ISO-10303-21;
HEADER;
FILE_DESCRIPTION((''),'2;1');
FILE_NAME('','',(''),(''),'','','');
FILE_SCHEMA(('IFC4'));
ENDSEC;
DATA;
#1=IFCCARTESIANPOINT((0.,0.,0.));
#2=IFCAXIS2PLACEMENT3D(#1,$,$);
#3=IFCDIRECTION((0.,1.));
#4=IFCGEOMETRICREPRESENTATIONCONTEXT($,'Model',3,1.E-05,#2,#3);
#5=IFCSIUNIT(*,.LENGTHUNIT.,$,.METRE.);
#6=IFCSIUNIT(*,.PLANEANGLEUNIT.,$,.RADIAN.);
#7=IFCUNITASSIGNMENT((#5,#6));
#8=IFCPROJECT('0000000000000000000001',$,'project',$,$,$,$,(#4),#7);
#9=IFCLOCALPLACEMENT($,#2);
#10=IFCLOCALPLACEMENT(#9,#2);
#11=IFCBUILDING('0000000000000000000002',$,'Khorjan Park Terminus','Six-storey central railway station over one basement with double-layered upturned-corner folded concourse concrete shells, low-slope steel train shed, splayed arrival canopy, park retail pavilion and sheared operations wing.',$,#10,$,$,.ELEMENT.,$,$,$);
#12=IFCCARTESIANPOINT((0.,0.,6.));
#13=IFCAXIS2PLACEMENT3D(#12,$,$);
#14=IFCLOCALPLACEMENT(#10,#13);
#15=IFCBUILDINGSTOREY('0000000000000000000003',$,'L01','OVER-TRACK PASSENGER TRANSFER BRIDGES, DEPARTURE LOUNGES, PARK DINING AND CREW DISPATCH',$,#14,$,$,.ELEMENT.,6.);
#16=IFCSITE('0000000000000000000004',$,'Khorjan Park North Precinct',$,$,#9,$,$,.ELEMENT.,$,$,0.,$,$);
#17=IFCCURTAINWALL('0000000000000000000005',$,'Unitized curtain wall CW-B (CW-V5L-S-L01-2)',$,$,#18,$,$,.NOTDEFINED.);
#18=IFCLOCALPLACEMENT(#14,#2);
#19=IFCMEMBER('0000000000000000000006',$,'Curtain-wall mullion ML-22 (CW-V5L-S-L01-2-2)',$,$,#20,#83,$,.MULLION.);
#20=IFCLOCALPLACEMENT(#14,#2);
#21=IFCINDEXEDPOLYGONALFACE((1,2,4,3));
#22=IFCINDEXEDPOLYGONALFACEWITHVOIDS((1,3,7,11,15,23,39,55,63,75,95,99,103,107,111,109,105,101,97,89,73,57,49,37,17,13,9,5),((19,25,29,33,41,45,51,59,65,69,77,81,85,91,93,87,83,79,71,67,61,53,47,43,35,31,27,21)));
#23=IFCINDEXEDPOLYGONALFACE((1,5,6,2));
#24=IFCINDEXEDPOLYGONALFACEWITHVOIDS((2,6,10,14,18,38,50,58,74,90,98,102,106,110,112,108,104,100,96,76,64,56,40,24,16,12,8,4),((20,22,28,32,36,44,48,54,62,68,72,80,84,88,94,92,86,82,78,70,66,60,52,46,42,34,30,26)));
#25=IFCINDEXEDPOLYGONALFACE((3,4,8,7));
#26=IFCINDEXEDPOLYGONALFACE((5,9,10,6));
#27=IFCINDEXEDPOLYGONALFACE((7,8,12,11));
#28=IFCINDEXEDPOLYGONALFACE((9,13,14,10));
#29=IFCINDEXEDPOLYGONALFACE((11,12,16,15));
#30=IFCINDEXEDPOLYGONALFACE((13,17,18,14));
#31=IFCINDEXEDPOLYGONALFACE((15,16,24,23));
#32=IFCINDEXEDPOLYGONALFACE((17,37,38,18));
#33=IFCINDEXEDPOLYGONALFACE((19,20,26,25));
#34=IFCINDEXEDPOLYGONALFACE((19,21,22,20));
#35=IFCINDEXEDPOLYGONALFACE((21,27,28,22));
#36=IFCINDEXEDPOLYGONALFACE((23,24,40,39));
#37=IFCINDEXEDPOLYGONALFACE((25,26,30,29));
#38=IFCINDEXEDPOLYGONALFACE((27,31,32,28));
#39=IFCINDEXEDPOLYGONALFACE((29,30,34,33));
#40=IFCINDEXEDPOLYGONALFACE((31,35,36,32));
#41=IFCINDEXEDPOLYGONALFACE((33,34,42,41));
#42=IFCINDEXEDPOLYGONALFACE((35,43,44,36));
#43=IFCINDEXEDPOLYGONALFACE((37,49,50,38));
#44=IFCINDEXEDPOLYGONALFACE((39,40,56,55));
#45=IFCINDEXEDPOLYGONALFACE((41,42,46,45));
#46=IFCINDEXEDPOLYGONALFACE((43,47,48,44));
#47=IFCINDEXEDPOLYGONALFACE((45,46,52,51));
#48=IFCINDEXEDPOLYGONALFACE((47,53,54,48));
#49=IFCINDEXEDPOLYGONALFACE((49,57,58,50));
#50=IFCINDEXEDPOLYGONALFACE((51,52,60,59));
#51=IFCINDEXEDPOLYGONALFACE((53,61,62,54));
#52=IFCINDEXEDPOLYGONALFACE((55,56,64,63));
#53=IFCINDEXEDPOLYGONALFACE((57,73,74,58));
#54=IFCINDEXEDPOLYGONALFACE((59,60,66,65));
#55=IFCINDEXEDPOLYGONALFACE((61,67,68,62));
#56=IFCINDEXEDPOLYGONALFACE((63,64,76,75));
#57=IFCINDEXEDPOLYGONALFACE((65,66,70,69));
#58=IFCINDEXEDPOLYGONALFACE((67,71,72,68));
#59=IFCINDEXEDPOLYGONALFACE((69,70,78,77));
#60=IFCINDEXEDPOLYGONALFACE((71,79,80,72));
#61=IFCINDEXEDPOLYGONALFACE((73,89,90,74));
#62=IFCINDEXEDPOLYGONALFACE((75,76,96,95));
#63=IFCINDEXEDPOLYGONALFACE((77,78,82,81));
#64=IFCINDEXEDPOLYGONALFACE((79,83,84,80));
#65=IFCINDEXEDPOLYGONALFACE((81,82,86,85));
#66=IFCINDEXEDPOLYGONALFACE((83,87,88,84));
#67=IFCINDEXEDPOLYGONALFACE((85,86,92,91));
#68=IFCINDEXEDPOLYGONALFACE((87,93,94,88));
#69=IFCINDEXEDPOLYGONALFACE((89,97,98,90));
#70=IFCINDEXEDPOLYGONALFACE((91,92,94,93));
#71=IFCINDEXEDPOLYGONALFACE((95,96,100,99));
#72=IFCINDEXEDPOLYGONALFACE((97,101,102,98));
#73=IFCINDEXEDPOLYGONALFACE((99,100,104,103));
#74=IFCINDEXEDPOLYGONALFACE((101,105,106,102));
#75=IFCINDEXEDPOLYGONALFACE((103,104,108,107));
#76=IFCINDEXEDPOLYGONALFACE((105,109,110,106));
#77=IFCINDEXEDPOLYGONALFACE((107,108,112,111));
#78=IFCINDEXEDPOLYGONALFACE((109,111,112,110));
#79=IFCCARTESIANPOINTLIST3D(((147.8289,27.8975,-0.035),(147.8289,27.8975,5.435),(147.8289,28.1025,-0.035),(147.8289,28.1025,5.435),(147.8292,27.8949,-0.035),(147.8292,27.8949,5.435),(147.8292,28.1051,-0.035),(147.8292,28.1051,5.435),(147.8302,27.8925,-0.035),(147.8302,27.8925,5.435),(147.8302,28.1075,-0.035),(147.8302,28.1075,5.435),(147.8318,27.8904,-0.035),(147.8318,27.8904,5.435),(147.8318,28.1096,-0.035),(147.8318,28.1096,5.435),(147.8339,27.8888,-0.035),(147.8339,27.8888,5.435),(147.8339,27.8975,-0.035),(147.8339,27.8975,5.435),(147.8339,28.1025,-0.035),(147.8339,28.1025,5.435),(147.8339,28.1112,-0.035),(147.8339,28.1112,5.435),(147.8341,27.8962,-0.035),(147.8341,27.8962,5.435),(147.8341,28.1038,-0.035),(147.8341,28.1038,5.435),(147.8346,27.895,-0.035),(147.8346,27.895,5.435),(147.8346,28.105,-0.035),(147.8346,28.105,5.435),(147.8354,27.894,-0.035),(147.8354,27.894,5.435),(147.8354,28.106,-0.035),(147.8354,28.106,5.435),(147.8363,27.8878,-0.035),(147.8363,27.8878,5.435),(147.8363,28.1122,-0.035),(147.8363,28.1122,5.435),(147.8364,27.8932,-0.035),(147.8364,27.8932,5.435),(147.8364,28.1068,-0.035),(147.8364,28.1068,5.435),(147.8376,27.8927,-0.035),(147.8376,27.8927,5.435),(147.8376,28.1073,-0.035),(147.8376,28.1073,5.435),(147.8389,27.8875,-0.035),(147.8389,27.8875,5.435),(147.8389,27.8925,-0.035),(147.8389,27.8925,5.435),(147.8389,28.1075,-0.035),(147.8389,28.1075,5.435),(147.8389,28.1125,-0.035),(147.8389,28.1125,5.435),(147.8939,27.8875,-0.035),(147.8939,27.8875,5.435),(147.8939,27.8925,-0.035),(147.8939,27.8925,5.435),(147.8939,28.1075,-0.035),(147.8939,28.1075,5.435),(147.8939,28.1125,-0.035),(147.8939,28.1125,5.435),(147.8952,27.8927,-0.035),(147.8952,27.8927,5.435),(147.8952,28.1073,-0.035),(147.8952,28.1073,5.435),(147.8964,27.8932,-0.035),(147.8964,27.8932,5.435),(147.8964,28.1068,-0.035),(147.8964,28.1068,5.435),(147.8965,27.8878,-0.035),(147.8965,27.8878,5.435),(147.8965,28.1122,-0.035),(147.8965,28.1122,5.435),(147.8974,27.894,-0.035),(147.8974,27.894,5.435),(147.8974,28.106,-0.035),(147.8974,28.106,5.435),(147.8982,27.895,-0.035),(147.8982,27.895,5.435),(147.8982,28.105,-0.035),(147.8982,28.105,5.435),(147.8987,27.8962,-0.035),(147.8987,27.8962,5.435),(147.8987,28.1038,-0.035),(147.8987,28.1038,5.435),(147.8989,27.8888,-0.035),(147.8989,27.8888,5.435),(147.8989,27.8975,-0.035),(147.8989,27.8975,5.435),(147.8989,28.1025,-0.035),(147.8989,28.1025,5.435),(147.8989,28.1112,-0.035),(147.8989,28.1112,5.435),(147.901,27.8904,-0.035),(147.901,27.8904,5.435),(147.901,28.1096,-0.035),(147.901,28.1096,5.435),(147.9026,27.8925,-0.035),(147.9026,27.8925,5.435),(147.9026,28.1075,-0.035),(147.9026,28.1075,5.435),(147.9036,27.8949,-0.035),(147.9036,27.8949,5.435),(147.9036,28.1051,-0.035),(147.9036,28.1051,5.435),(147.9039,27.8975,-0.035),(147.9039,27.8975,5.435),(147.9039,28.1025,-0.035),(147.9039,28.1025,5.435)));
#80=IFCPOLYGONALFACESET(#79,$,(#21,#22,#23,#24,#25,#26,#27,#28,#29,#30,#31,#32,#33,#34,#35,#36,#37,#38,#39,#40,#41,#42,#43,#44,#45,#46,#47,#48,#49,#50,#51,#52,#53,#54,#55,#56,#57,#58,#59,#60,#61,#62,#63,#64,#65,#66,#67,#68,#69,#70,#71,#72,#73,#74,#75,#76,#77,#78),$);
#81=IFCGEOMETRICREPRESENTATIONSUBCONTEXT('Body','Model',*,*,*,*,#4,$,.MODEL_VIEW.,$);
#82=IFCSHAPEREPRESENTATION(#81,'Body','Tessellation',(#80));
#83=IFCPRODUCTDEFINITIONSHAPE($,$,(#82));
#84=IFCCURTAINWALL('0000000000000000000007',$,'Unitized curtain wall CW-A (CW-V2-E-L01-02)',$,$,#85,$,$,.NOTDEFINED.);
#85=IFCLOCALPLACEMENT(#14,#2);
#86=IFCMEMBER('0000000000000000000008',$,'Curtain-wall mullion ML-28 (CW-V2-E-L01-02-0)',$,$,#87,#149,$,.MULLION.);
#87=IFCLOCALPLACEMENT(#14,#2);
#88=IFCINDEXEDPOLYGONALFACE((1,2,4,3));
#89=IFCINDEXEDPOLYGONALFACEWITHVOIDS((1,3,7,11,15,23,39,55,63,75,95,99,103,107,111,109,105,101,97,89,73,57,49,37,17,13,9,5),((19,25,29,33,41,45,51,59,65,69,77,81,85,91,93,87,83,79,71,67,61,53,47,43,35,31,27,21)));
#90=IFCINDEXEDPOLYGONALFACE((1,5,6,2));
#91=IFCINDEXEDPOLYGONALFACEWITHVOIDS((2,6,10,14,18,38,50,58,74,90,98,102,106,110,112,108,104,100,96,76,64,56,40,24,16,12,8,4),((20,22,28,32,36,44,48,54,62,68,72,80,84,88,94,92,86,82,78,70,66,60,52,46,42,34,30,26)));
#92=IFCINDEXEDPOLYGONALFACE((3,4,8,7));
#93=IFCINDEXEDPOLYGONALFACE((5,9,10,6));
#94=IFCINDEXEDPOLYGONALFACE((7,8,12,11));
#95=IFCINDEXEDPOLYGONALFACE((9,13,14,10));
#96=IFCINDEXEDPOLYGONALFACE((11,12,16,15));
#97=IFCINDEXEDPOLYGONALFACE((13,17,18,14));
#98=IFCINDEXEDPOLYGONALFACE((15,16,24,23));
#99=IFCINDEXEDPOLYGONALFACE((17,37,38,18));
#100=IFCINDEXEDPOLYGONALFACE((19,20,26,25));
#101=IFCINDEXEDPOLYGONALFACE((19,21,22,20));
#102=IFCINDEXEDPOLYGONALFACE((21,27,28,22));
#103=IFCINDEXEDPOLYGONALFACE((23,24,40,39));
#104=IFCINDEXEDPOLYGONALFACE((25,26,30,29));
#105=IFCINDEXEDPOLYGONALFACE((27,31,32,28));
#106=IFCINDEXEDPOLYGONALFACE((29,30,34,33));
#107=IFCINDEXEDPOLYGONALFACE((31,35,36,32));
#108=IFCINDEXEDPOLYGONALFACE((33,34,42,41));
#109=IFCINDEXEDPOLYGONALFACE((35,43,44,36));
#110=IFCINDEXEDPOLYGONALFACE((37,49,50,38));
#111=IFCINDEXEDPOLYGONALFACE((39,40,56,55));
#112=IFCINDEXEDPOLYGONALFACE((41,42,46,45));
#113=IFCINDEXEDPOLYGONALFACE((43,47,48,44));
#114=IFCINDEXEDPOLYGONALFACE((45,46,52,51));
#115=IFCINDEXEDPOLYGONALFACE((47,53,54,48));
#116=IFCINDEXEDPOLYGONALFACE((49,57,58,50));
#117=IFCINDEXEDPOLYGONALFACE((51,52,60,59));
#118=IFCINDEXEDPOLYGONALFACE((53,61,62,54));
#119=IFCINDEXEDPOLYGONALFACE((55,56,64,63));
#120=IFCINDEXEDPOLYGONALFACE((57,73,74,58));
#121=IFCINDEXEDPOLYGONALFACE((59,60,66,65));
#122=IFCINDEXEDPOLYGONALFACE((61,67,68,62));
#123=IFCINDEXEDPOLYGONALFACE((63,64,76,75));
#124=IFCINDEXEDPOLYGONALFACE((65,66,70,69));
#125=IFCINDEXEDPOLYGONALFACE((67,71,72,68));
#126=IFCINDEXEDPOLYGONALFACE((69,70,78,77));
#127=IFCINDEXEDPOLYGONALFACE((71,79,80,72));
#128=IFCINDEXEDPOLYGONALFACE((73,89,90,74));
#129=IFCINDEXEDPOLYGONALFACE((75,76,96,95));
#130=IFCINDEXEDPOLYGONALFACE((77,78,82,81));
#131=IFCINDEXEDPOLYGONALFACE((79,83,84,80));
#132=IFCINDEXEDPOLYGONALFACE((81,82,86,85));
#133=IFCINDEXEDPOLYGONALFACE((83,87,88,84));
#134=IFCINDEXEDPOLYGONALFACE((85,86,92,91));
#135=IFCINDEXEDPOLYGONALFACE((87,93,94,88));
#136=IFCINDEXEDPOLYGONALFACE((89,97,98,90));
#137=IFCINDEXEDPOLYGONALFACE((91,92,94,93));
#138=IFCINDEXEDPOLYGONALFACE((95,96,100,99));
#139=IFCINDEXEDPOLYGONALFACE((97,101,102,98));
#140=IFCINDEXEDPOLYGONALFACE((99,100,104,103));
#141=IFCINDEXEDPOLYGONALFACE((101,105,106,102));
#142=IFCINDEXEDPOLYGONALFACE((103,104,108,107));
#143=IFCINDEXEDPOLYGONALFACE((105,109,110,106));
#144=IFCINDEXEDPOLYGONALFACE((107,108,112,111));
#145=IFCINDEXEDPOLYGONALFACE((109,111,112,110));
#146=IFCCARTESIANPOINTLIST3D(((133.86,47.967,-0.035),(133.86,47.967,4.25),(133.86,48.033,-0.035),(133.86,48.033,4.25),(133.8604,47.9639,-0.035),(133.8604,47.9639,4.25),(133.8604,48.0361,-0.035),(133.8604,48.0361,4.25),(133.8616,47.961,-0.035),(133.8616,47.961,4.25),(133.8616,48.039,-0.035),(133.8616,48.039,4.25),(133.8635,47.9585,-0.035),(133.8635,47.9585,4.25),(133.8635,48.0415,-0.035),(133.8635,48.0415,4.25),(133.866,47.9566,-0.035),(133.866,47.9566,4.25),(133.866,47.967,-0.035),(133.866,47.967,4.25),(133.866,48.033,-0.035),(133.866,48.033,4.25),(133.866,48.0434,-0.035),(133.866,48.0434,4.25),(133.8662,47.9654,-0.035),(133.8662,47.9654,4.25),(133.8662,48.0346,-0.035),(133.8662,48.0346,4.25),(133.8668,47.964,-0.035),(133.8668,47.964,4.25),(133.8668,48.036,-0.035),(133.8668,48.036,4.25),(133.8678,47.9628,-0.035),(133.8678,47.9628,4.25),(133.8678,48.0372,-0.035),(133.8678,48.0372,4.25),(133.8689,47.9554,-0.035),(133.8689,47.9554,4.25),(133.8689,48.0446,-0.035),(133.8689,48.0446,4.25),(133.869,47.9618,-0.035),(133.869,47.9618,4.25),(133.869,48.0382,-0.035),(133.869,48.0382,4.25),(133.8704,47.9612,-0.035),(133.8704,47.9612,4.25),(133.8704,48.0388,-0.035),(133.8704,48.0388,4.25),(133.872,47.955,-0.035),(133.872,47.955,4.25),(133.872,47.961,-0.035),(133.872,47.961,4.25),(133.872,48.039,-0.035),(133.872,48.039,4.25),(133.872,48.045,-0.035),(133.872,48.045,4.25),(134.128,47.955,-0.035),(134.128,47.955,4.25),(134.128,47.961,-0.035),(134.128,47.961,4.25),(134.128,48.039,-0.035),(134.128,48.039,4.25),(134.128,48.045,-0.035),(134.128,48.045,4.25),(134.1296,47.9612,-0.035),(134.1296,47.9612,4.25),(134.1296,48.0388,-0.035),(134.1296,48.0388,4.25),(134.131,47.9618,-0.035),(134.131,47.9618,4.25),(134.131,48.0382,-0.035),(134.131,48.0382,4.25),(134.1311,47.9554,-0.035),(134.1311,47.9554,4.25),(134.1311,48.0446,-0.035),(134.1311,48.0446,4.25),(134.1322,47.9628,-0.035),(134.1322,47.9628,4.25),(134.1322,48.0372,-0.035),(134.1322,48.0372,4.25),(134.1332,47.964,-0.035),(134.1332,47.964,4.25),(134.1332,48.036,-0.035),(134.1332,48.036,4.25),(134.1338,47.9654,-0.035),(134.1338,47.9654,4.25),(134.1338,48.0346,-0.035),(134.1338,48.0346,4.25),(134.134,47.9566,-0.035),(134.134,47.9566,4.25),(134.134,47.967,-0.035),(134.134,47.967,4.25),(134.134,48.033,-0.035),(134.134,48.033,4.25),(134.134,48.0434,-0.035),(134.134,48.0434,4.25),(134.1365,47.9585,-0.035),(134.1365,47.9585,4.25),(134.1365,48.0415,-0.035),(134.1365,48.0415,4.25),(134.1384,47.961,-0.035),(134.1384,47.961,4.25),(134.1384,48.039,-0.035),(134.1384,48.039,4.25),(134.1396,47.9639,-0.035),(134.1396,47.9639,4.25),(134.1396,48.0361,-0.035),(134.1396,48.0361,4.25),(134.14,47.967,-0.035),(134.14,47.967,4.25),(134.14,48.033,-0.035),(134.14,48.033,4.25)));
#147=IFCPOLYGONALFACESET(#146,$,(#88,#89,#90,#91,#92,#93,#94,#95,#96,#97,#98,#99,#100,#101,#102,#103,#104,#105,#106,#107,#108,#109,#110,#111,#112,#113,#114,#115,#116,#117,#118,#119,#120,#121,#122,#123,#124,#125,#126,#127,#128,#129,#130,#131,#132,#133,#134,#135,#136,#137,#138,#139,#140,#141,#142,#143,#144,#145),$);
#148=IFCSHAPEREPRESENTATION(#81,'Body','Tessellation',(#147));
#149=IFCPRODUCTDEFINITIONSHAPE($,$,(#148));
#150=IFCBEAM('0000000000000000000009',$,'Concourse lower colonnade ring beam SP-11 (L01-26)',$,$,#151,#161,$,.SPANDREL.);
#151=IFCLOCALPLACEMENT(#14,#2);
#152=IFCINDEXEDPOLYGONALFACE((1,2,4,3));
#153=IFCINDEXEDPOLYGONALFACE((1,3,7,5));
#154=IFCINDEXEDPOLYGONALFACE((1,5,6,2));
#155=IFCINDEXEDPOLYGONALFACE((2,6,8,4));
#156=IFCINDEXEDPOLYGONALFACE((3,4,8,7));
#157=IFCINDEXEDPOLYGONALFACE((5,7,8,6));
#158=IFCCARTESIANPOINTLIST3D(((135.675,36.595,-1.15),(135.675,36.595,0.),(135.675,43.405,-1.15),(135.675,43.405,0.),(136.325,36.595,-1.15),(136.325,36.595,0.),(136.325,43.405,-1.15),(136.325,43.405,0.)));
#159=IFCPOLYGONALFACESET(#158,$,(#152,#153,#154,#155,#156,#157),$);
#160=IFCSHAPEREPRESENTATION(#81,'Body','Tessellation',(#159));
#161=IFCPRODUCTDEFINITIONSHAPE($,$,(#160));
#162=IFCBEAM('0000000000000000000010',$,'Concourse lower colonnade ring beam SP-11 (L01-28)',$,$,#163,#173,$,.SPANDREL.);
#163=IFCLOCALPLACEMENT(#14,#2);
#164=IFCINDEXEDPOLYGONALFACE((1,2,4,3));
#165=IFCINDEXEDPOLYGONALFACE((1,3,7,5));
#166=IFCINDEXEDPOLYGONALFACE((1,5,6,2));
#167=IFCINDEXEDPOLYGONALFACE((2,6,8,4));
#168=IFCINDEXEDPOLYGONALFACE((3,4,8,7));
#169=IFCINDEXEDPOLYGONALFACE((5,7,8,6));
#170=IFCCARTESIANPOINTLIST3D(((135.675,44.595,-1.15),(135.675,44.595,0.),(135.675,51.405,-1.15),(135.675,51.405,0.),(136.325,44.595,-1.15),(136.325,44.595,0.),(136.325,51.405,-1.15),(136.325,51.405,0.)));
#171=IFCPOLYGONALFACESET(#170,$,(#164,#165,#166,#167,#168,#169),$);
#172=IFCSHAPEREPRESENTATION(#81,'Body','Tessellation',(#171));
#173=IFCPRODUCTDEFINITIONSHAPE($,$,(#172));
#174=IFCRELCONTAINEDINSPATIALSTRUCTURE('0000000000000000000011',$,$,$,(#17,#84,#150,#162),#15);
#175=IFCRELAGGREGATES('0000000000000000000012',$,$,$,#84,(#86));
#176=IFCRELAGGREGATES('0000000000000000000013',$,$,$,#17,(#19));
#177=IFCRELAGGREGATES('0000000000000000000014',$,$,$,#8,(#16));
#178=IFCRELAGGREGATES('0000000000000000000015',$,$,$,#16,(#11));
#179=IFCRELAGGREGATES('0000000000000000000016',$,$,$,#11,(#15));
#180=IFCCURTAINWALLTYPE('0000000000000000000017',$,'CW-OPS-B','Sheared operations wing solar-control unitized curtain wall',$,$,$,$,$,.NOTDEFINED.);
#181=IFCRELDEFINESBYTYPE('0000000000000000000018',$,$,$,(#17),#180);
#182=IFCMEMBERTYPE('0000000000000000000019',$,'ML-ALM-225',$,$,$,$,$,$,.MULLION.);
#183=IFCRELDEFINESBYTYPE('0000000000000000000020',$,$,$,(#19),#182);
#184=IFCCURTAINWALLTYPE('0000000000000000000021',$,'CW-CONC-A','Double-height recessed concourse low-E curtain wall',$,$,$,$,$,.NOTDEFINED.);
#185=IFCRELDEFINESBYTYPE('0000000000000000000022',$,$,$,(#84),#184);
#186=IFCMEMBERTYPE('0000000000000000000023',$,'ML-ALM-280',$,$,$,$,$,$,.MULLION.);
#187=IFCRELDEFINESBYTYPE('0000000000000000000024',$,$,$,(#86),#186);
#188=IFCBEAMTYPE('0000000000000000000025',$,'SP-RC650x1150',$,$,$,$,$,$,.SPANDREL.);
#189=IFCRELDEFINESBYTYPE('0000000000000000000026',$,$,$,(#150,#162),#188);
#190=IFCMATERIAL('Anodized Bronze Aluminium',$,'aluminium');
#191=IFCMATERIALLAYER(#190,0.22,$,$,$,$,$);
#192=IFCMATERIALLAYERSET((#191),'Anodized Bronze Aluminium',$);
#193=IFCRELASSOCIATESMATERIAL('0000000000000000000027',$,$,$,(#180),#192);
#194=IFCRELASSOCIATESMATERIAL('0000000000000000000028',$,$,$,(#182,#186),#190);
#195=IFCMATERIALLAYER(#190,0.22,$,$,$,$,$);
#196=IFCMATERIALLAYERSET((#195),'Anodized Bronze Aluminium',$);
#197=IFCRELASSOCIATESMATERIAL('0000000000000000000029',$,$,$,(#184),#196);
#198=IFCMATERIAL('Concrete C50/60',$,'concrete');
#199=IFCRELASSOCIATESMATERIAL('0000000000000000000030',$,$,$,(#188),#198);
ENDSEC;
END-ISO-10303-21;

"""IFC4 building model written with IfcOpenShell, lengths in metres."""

from ifc_helpers import new_model, si_unit, direction, frame, origin, origin_2d, place, context, subcontext, project, spatial, rectangle, hollow_rectangle, extrude, material, layer, layer_set, material_profile, profile_set, type_object, element, aggregate, save


model = new_model("IFC4")

# Units and contexts
model_context = context("Model", 3, precision=1e-05, world=origin(), true_north=direction((0.0, 1.0)))
body_context = subcontext(model_context, "Body", "Model", "MODEL_VIEW")
ifc_project = project(units=[si_unit("LENGTHUNIT", "METRE"), si_unit("PLANEANGLEUNIT", "RADIAN")], contexts=[model_context])

# Site, building, storey
site_placement = place(None, origin())
site = spatial("IfcSite", under=ifc_project, at=site_placement, Name="Khorjan Park North Precinct", CompositionType="ELEMENT", RefElevation=0.0)
building_placement = place(site_placement, origin())
building = spatial("IfcBuilding", under=site, at=building_placement, Name="Khorjan Park Terminus", Description="Six-storey central railway station over one basement with double-layered upturned-corner folded concourse concrete shells, low-slope steel train shed, splayed arrival canopy, park retail pavilion and sheared operations wing.", CompositionType="ELEMENT")
storey_placement = place(building_placement, frame((0.0, 0.0, 6.0)))
storey = spatial("IfcBuildingStorey", under=building, at=storey_placement, Name="L01", Description="OVER-TRACK PASSENGER TRANSFER BRIDGES, DEPARTURE LOUNGES, PARK DINING AND CREW DISPATCH", CompositionType="ELEMENT", Elevation=6.0)

# Shared definitions
ifc_material_1 = material(Name="Concrete C50/60", Category="concrete")

# Curtain walls, members
ifc_material_2 = material(Name="Anodized Bronze Aluminium", Category="aluminium")
ifc_layer_1 = layer(ifc_material_2, 0.22)
ifc_layer_set_1 = layer_set([ifc_layer_1], Name="Anodized Bronze Aluminium")
curtain_wall_type_1 = type_object("IfcCurtainWallType", Name="CW-OPS-B", Description="Sheared operations wing solar-control unitized curtain wall", PredefinedType="NOTDEFINED", material=ifc_layer_set_1)
ifc_material_profile_1 = material_profile(ifc_material_2, hollow_rectangle(XDim=0.075, YDim=0.225, WallThickness=0.005, InnerFilletRadius=0.005, OuterFilletRadius=0.01, at=origin_2d()), Name="ALM 75x225x5")
ifc_profile_set_1 = profile_set([ifc_material_profile_1], Name="Anodized Bronze Aluminium")
member_type_1 = type_object("IfcMemberType", Name="ML-ALM-225", PredefinedType="MULLION", material=ifc_profile_set_1)
curtain_wall_1_placement = place(storey_placement, origin())
curtain_wall_1 = element("IfcCurtainWall", 1, at=curtain_wall_1_placement, inside=storey, type_object=curtain_wall_type_1, Name="Unitized curtain wall CW-B (CW-V5L-S-L01-2)", PredefinedType="NOTDEFINED")
member_1_placement = place(storey_placement, frame((147.8664, 28.0, -0.035), z_axis=(0.0, 0.0, 1.0), x_axis=(1.0, 0.0, 0.0)))
member_1 = element("IfcMember", 2, at=member_1_placement, type_object=member_type_1, Name="Curtain-wall mullion ML-22 (CW-V5L-S-L01-2-2)", PredefinedType="MULLION", context=body_context, shape_type="SweptSolid", body=[
    extrude(hollow_rectangle(XDim=0.075, YDim=0.225, WallThickness=0.005, InnerFilletRadius=0.005, OuterFilletRadius=0.01, at=origin_2d()), origin(), (0.0, 0.0, 1.0), 5.47),
])
ifc_layer_2 = layer(ifc_material_2, 0.22)
ifc_layer_set_2 = layer_set([ifc_layer_2], Name="Anodized Bronze Aluminium")
curtain_wall_type_2 = type_object("IfcCurtainWallType", Name="CW-CONC-A", Description="Double-height recessed concourse low-E curtain wall", PredefinedType="NOTDEFINED", material=ifc_layer_set_2)
curtain_wall_2_placement = place(storey_placement, origin())
curtain_wall_2 = element("IfcCurtainWall", 3, at=curtain_wall_2_placement, inside=storey, type_object=curtain_wall_type_2, Name="Unitized curtain wall CW-A (CW-V2-E-L01-02)", PredefinedType="NOTDEFINED")
ifc_material_profile_2 = material_profile(ifc_material_2, hollow_rectangle(XDim=0.09, YDim=0.28, WallThickness=0.006, InnerFilletRadius=0.006, OuterFilletRadius=0.012, at=origin_2d()), Name="ALM 90x280x6")
ifc_profile_set_2 = profile_set([ifc_material_profile_2], Name="Anodized Bronze Aluminium")
member_type_2 = type_object("IfcMemberType", Name="ML-ALM-280", PredefinedType="MULLION", material=ifc_profile_set_2)
member_2_placement = place(storey_placement, frame((134.0, 48.0, -0.035), z_axis=(0.0, 0.0, 1.0), x_axis=(0.0, 1.0, 0.0)))
member_2 = element("IfcMember", 4, at=member_2_placement, type_object=member_type_2, Name="Curtain-wall mullion ML-28 (CW-V2-E-L01-02-0)", PredefinedType="MULLION", context=body_context, shape_type="SweptSolid", body=[
    extrude(hollow_rectangle(XDim=0.09, YDim=0.28, WallThickness=0.006, InnerFilletRadius=0.006, OuterFilletRadius=0.012, at=origin_2d()), origin(), (0.0, 0.0, 1.0), 4.285),
])

# Beams
ifc_material_profile_3 = material_profile(ifc_material_1, rectangle(XDim=0.65, YDim=1.15, at=origin_2d()), Name="RC 650x1150")
ifc_profile_set_3 = profile_set([ifc_material_profile_3], Name="Concrete C50/60")
beam_type_1 = type_object("IfcBeamType", Name="SP-RC650x1150", PredefinedType="SPANDREL", material=ifc_profile_set_3)
for number, where, z_axis, x_axis, name in (
    (5, (136.0, 36.595, -0.575), (0.0, 1.0, 0.0), (-1.0, 0.0, 0.0), "Concourse lower colonnade ring beam SP-11 (L01-26)"),
    (6, (136.0, 44.595, -0.575), (0.0, 1.0, 0.0), (-1.0, 0.0, 0.0), "Concourse lower colonnade ring beam SP-11 (L01-28)"),
):
    element("IfcBeam", number, at=place(storey_placement, frame(where, z_axis=z_axis, x_axis=x_axis)), inside=storey, type_object=beam_type_1, Name=name, PredefinedType="SPANDREL", context=body_context, shape_type="SweptSolid", body=[
        extrude(rectangle(XDim=0.65, YDim=1.15, at=origin_2d()), origin(), (0.0, 0.0, 1.0), 6.81),
    ])

aggregate(curtain_wall_2, [member_2])

aggregate(curtain_wall_1, [member_1])

save(model, "model.ifc")
